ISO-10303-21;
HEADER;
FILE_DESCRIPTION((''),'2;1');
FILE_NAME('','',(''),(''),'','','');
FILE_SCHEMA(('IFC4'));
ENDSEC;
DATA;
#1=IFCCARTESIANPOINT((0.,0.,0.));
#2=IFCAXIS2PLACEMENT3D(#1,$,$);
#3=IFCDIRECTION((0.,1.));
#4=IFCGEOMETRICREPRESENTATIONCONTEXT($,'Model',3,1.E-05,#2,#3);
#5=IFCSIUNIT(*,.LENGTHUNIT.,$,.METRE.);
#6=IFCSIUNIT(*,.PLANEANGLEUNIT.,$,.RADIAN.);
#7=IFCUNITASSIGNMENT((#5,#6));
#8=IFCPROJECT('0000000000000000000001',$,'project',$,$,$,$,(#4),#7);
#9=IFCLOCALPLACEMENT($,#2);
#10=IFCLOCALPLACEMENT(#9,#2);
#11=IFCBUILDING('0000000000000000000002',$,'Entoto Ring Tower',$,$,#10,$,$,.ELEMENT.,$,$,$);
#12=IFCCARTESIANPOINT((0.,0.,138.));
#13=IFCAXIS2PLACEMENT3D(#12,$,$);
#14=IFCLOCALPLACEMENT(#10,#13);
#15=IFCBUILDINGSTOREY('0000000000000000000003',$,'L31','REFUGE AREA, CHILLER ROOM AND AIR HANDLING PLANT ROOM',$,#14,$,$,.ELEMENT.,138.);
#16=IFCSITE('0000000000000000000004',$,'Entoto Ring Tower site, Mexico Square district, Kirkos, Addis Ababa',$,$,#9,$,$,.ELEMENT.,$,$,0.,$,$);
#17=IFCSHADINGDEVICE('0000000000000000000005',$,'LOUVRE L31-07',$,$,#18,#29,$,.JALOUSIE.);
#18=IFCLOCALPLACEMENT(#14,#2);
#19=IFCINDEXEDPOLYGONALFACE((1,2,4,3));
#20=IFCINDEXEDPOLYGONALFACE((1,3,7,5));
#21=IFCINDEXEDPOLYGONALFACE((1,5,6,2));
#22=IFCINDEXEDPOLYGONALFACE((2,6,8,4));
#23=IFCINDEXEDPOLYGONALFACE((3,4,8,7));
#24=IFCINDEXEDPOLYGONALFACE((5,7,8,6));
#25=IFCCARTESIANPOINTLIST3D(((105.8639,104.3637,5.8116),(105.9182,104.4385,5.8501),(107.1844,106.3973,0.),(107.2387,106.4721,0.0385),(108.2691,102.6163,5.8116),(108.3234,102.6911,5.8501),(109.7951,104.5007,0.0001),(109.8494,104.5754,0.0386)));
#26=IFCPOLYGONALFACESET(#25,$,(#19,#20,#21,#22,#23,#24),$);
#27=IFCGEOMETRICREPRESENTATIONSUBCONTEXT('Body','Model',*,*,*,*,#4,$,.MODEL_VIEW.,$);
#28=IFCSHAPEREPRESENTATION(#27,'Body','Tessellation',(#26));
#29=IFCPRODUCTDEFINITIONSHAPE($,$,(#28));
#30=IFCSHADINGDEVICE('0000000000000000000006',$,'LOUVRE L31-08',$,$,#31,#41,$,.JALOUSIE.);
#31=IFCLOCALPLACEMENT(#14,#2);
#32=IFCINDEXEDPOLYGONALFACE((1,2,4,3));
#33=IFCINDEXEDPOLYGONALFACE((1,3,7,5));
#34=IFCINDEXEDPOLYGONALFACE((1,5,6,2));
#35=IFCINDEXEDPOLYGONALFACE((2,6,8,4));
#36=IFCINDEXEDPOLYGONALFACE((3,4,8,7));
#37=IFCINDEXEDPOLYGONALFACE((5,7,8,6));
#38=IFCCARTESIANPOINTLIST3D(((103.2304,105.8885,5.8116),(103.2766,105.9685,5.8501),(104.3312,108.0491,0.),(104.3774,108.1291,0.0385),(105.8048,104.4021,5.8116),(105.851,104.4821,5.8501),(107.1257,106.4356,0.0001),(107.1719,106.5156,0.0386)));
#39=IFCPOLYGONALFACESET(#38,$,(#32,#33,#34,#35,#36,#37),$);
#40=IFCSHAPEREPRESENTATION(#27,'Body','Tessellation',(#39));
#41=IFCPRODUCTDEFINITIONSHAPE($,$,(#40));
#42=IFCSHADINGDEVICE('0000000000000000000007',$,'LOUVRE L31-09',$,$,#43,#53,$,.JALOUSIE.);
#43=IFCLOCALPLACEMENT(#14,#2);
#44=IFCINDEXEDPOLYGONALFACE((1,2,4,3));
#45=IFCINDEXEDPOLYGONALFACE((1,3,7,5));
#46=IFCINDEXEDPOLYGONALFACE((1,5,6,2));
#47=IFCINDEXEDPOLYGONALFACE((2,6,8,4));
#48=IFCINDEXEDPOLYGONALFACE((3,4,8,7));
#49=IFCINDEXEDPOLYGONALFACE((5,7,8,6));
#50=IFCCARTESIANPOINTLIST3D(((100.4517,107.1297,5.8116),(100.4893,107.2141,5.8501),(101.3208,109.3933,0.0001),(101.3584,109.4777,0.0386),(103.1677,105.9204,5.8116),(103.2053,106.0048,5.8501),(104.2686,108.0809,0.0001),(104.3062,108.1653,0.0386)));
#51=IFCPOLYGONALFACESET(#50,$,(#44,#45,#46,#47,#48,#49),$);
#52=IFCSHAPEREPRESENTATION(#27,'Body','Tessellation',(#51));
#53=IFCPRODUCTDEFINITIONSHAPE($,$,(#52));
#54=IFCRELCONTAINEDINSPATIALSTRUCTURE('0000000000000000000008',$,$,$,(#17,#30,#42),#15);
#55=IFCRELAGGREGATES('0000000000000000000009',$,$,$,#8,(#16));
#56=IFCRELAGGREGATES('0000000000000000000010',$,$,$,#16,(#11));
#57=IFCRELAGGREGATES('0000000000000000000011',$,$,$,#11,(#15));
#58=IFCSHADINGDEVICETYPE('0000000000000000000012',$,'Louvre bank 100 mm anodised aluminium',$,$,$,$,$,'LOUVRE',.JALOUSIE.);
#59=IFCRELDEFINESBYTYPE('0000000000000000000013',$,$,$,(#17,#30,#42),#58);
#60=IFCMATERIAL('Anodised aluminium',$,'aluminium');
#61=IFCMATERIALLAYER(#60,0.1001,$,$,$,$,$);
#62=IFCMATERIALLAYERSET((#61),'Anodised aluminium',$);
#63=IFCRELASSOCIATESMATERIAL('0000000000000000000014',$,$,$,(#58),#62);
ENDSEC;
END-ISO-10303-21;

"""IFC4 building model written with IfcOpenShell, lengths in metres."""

from ifc_helpers import new_model, si_unit, direction, frame, origin, place, context, subcontext, project, spatial, polyline, outline, extrude, material, layer, layer_set, type_object, element, save


model = new_model("IFC4")

# Units and contexts
model_context = context("Model", 3, precision=1e-05, world=origin(), true_north=direction((0.0, 1.0)))
body_context = subcontext(model_context, "Body", "Model", "MODEL_VIEW")
ifc_project = project(units=[si_unit("LENGTHUNIT", "METRE"), si_unit("PLANEANGLEUNIT", "RADIAN")], contexts=[model_context])

# Site, building, storey
site_placement = place(None, origin())
site = spatial("IfcSite", under=ifc_project, at=site_placement, Name="Entoto Ring Tower site, Mexico Square district, Kirkos, Addis Ababa", CompositionType="ELEMENT", RefElevation=0.0)
building_placement = place(site_placement, origin())
building = spatial("IfcBuilding", under=site, at=building_placement, Name="Entoto Ring Tower", CompositionType="ELEMENT")
storey_placement = place(building_placement, frame((0.0, 0.0, 138.0)))
storey = spatial("IfcBuildingStorey", under=building, at=storey_placement, Name="L31", Description="REFUGE AREA, CHILLER ROOM AND AIR HANDLING PLANT ROOM", CompositionType="ELEMENT", Elevation=138.0)

# Shading devices
ifc_material_1 = material(Name="Anodised aluminium", Category="aluminium")
ifc_layer_1 = layer(ifc_material_1, 0.1001)
ifc_layer_set_1 = layer_set([ifc_layer_1], Name="Anodised aluminium")
shading_device_type = type_object("IfcShadingDeviceType", Name="Louvre bank 100 mm anodised aluminium", ElementType="LOUVRE", PredefinedType="JALOUSIE", material=ifc_layer_set_1)
shading_device_1_placement = place(storey_placement, frame((109.8494, 104.5754, 0.0386), z_axis=(0.542554, 0.746802, 0.384606), x_axis=(-0.80903, 0.587768, -0.000011)))
element("IfcShadingDevice", 1, at=shading_device_1_placement, inside=storey, type_object=shading_device_type, Name="LOUVRE L31-07", PredefinedType="JALOUSIE", context=body_context, shape_type="SweptSolid", body=[
    extrude(outline(polyline([(0.0, 0.0), (3.2269, 0.0), (3.0999, 6.2958), (0.1269, 6.2958), (0.0, 0.0)])), origin(), (0.0, 0.0, -1.0), 0.1001),
])
shading_device_2_placement = place(storey_placement, frame((107.1719, 106.5156, 0.0386), z_axis=(0.461551, 0.799399, 0.38462), x_axis=(-0.866015, 0.500018, -0.000009)))
element("IfcShadingDevice", 2, at=shading_device_2_placement, inside=storey, type_object=shading_device_type, Name="LOUVRE L31-08", PredefinedType="JALOUSIE", context=body_context, shape_type="SweptSolid", body=[
    extrude(outline(polyline([(0.0, 0.0), (3.2268, 0.0), (3.0997, 6.2959), (0.127, 6.2958), (0.0, 0.0)])), origin(), (0.0, 0.0, -1.0), 0.1001),
])
shading_device_3_placement = place(storey_placement, frame((104.3062, 108.1653, 0.0386), z_axis=(0.375454, 0.843273, 0.38461), x_axis=(-0.913542, 0.406743, -0.000006)))
element("IfcShadingDevice", 3, at=shading_device_3_placement, inside=storey, type_object=shading_device_type, Name="LOUVRE L31-09", PredefinedType="JALOUSIE", context=body_context, shape_type="SweptSolid", body=[
    extrude(outline(polyline([(0.0, 0.0), (3.2267, 0.0), (3.1, 6.2958), (0.1269, 6.2958), (0.0, 0.0)])), origin(), (0.0, 0.0, -1.0), 0.1001),
])

save(model, "model.ifc")
